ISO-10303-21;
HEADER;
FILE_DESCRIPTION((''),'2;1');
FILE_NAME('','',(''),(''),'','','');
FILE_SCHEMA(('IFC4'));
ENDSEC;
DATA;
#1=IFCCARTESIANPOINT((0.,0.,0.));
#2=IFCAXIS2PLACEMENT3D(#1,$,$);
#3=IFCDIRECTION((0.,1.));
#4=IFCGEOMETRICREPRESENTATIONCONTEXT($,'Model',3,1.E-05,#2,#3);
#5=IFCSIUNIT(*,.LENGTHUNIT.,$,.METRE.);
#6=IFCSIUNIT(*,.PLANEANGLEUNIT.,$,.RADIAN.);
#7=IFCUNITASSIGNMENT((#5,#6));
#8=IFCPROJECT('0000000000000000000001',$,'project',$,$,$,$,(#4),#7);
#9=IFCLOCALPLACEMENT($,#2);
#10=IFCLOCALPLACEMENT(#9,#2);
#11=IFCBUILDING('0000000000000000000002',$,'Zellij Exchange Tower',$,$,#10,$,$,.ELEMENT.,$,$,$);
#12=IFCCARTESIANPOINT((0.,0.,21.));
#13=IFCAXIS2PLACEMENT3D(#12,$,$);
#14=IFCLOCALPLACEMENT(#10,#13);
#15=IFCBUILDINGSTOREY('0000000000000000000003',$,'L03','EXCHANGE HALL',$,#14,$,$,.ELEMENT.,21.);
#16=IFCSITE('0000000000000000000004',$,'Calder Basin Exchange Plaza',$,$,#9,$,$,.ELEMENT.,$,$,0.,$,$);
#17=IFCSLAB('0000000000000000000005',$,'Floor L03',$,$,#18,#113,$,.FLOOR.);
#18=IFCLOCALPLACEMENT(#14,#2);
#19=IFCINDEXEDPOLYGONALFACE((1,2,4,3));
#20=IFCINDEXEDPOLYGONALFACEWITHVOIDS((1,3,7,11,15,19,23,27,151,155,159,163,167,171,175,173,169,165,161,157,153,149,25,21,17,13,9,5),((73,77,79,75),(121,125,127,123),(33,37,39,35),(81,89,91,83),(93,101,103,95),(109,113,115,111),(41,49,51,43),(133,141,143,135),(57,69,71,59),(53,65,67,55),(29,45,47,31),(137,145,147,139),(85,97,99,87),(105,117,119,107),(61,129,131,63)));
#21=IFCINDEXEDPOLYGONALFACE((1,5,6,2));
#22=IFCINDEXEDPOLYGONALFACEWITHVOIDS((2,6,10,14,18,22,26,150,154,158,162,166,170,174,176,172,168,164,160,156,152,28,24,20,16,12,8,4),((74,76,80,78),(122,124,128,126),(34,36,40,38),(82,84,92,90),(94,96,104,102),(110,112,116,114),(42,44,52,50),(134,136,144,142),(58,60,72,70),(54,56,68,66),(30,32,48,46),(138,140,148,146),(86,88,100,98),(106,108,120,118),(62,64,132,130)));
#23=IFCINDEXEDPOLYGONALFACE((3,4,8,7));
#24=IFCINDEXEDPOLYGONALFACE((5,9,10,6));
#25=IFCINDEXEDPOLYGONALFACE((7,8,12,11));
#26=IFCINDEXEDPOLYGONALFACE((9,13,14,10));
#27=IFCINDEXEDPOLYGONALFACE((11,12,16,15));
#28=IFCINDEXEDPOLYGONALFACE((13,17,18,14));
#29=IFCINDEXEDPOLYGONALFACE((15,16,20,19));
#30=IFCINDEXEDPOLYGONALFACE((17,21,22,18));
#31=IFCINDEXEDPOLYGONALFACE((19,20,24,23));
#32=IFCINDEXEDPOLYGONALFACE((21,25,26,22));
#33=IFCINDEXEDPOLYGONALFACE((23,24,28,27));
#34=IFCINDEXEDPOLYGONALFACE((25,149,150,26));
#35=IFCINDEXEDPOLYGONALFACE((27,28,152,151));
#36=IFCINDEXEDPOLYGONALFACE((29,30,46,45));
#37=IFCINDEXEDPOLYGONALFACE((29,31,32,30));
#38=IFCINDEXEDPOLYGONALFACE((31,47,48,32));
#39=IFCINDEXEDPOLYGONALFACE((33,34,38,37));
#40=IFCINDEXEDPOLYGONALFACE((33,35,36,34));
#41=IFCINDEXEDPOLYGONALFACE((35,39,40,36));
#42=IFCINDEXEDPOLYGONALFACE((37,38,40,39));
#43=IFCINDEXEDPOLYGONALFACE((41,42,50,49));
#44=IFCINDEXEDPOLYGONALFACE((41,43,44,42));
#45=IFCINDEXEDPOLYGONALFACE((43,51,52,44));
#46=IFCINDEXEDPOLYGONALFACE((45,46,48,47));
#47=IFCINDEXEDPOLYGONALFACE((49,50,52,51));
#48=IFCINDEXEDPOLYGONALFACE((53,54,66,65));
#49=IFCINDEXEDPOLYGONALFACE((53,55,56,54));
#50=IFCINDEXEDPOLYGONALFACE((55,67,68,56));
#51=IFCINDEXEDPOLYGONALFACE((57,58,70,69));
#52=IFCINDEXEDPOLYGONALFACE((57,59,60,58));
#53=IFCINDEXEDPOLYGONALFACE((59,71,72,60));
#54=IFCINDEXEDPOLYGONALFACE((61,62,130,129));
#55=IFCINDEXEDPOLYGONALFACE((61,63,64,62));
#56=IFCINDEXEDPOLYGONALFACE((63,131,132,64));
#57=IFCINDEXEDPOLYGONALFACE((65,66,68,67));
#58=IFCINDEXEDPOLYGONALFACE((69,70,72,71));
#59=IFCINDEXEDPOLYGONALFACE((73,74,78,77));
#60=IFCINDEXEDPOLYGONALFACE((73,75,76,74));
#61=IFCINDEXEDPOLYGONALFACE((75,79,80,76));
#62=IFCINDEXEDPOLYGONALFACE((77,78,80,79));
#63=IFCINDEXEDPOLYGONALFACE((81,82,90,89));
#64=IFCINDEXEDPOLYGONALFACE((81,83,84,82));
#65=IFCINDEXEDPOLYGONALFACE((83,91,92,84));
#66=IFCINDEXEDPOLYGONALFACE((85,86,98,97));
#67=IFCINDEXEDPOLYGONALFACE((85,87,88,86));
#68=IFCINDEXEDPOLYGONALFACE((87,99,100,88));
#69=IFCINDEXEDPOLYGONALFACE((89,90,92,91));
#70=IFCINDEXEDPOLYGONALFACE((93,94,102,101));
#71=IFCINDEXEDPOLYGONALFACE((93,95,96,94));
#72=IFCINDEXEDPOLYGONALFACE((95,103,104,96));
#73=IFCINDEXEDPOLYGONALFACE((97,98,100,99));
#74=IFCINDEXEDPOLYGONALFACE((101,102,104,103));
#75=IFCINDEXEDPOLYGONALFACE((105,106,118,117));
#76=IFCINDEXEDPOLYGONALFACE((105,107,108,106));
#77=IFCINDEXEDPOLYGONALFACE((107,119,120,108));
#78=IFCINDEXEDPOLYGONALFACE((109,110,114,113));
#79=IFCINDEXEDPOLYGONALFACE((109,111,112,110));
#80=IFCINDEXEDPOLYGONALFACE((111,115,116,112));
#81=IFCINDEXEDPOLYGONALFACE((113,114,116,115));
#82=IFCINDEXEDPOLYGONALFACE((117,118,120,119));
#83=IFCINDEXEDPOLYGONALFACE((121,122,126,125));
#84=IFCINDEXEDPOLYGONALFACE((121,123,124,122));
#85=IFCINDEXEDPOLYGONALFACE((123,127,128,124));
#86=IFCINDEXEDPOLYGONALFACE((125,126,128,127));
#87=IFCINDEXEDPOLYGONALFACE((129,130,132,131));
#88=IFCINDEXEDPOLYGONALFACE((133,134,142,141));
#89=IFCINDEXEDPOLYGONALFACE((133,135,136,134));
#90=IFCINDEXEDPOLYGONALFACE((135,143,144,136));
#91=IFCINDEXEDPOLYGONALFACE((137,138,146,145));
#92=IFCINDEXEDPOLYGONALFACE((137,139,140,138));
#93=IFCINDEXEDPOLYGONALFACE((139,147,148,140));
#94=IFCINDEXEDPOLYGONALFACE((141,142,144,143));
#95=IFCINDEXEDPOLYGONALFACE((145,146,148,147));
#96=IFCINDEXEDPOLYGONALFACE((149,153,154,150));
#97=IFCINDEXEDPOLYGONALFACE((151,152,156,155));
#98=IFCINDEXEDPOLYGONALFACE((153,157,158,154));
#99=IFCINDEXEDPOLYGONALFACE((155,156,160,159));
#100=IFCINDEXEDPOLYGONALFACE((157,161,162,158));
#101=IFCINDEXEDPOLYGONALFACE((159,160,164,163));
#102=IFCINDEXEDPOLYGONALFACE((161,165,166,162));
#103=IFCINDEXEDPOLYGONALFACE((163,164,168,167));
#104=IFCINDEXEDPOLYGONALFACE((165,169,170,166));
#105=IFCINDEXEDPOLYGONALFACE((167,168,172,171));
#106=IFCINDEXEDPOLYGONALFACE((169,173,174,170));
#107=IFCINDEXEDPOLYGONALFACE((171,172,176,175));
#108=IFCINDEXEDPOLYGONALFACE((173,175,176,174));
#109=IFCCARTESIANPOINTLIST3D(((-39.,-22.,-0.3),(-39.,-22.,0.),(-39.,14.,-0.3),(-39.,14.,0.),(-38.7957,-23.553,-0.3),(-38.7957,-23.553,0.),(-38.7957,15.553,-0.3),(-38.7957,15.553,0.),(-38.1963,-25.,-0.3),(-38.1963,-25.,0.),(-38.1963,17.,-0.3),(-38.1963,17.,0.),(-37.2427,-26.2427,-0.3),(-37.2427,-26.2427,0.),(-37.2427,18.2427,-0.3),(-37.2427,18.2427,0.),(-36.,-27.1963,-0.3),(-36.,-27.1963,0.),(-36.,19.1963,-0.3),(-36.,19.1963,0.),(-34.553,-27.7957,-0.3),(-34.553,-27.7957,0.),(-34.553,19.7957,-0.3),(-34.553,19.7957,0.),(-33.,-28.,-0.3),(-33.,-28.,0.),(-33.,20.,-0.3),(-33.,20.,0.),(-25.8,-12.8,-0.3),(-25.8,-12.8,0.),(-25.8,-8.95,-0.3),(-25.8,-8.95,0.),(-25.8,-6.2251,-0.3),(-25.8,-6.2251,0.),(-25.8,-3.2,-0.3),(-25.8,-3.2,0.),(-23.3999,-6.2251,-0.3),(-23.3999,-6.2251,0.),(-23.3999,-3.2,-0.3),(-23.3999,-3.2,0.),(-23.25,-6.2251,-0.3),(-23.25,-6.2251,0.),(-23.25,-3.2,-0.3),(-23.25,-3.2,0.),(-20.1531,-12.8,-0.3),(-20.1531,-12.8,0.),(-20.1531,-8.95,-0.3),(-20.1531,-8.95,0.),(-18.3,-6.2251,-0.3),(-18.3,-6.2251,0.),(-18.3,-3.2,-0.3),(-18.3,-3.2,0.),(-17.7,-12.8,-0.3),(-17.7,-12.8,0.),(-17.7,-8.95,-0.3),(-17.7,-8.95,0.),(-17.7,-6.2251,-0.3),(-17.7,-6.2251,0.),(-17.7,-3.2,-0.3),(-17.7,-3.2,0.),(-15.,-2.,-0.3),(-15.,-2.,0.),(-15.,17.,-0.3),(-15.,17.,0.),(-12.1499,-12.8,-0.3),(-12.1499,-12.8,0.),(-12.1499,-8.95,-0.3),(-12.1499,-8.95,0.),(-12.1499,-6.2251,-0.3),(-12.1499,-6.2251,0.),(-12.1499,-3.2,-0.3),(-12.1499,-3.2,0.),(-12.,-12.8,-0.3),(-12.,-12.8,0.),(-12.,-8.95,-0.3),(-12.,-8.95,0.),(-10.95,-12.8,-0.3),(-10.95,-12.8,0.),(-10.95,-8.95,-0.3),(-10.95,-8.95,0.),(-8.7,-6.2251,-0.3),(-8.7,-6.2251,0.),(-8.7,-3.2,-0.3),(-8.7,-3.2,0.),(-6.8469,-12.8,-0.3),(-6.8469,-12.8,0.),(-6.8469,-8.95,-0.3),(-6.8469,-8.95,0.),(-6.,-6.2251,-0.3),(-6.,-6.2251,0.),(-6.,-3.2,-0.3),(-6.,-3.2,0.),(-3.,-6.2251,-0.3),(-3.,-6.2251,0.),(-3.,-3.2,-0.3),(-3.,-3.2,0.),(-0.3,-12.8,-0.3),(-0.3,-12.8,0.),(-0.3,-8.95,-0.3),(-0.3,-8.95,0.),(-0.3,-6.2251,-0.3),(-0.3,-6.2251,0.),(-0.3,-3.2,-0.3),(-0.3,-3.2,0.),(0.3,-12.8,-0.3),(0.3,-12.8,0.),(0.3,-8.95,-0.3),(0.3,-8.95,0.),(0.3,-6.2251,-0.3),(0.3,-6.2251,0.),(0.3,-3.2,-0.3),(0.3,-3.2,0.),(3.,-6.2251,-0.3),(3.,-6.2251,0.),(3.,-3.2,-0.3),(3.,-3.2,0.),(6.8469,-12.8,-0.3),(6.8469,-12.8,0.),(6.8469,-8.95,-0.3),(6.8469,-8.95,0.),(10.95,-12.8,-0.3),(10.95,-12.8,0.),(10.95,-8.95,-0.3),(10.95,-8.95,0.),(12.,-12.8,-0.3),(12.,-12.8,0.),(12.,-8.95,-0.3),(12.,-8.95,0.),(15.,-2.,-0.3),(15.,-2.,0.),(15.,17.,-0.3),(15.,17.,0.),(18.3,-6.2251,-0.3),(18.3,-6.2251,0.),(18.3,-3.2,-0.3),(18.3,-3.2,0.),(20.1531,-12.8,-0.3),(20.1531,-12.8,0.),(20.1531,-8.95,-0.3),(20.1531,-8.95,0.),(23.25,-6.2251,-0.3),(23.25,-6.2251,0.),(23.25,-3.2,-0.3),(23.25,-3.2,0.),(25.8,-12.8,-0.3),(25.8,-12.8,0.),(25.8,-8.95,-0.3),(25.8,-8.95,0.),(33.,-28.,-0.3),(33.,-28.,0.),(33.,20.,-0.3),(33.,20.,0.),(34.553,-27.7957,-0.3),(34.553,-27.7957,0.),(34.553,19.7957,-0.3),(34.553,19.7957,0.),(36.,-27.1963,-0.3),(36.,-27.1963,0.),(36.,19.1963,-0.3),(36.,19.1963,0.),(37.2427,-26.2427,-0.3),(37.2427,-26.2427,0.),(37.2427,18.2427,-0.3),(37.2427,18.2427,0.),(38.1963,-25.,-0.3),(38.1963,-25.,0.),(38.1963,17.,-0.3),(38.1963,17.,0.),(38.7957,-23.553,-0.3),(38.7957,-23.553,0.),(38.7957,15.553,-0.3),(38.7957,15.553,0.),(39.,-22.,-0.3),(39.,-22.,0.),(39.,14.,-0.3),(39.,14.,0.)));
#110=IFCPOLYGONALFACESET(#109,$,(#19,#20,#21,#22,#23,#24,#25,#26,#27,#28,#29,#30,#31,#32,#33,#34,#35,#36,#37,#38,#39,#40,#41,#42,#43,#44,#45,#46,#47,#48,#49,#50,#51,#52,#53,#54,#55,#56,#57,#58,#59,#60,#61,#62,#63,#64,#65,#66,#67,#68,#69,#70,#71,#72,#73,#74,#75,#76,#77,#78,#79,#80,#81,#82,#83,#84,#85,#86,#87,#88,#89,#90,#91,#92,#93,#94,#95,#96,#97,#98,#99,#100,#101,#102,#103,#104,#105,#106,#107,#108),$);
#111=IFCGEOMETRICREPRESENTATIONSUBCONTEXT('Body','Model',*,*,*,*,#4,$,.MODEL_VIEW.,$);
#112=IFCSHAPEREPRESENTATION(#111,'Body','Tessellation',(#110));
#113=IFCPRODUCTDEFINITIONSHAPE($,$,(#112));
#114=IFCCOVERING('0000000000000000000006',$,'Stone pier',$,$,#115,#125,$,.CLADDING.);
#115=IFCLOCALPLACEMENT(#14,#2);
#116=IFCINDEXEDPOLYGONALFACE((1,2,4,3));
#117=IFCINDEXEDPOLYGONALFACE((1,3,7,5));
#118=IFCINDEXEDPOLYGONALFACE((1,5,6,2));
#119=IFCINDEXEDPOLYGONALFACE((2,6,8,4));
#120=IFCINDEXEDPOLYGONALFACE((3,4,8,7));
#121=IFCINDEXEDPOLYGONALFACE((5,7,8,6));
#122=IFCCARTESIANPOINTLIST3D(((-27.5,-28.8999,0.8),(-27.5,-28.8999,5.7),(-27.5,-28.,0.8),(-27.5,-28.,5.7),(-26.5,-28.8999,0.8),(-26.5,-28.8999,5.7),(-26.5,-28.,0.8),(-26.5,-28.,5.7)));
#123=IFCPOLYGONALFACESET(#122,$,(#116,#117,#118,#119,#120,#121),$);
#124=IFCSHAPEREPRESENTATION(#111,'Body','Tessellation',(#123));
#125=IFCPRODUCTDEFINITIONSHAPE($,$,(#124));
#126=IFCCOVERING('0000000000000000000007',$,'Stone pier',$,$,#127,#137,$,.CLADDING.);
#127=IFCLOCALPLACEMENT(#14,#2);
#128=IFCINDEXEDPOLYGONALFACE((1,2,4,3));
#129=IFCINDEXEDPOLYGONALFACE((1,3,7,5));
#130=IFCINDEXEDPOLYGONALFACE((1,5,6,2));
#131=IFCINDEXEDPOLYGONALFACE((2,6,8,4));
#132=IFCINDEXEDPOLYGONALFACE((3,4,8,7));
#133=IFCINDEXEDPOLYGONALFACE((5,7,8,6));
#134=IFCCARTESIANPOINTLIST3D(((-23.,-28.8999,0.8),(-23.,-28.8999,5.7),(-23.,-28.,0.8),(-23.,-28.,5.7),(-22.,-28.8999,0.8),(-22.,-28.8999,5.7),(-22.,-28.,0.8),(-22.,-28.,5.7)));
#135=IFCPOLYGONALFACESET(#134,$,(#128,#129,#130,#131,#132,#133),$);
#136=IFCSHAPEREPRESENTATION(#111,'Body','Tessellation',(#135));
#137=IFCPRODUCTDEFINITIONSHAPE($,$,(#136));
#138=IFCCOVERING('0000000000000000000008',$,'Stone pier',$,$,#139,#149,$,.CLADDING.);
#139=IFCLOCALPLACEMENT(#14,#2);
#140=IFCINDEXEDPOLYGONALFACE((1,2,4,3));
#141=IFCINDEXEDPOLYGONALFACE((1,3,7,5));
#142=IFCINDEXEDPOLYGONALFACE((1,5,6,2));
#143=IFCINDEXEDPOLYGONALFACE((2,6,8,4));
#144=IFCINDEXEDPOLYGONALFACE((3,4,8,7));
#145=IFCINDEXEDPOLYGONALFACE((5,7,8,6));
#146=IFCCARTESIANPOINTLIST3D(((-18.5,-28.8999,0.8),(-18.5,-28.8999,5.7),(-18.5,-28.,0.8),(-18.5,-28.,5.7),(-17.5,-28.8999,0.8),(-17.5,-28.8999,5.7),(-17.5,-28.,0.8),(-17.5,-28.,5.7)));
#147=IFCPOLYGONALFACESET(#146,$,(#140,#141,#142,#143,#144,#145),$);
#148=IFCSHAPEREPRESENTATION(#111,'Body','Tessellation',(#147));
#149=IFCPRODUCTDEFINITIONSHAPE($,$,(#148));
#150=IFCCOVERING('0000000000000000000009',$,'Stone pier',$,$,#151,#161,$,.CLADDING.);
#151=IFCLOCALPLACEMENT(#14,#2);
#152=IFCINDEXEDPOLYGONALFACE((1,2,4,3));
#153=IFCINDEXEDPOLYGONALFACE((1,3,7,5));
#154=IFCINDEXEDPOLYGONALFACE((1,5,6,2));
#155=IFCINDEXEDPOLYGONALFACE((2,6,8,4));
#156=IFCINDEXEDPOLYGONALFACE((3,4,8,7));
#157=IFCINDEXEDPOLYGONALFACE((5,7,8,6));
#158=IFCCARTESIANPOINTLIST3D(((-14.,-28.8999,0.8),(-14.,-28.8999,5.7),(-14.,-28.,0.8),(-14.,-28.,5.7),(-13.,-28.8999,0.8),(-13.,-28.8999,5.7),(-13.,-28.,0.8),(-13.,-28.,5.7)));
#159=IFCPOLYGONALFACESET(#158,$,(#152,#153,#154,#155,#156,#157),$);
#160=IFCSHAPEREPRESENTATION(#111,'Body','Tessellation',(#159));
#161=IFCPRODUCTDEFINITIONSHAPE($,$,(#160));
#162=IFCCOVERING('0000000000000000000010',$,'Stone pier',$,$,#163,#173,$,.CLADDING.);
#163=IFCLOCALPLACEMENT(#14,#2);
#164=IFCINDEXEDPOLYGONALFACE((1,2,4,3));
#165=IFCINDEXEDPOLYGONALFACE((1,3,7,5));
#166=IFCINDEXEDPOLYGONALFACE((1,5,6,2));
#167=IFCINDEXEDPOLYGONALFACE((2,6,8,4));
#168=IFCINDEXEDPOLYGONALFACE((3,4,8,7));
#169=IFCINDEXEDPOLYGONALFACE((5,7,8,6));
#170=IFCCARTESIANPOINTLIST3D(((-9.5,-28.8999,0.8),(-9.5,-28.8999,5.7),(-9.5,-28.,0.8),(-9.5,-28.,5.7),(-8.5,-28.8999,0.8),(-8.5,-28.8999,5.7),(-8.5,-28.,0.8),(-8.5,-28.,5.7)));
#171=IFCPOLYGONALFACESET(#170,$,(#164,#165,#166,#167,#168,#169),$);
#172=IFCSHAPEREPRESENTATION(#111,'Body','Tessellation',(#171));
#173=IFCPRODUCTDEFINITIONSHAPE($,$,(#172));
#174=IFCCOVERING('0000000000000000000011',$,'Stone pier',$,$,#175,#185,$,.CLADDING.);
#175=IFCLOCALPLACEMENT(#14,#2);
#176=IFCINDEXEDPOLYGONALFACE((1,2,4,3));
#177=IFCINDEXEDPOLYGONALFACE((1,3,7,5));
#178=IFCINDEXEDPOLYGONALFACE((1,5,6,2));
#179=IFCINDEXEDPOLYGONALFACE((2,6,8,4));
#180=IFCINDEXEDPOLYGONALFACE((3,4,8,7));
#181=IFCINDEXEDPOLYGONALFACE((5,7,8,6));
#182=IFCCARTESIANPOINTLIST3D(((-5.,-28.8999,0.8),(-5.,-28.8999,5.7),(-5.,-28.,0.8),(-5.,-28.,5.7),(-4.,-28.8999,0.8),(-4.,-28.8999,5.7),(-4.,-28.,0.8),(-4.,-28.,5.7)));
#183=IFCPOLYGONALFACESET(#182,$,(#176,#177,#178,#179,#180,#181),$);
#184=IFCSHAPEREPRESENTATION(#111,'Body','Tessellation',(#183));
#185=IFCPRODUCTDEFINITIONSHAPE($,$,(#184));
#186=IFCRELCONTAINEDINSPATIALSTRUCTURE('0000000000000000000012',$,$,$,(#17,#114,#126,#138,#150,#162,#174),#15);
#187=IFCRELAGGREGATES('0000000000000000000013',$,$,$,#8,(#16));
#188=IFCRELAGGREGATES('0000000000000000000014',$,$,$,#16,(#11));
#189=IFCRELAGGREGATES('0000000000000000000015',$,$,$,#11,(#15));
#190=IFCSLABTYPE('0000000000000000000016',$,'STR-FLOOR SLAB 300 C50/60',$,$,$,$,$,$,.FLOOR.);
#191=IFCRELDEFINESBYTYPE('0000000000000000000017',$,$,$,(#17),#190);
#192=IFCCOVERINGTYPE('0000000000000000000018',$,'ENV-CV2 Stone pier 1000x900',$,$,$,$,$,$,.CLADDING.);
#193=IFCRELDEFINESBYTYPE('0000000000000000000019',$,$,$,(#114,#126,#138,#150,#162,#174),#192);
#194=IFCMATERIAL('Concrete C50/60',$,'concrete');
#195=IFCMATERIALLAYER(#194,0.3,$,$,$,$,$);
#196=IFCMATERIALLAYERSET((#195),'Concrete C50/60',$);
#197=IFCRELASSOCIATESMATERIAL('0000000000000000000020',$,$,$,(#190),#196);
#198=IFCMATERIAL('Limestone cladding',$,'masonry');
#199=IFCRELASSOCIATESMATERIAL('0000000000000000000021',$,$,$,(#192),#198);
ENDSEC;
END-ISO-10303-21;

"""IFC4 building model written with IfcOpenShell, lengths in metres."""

from ifc_helpers import new_model, si_unit, direction, frame, origin, place, context, subcontext, project, spatial, polyline, outline, extrude, material, layer, layer_set, type_object, element, save


model = new_model("IFC4")

# Units and contexts
model_context = context("Model", 3, precision=1e-05, world=origin(), true_north=direction((0.0, 1.0)))
body_context = subcontext(model_context, "Body", "Model", "MODEL_VIEW")
ifc_project = project(units=[si_unit("LENGTHUNIT", "METRE"), si_unit("PLANEANGLEUNIT", "RADIAN")], contexts=[model_context])

# Site, building, storey
site_placement = place(None, origin())
site = spatial("IfcSite", under=ifc_project, at=site_placement, Name="Calder Basin Exchange Plaza", CompositionType="ELEMENT", RefElevation=0.0)
building_placement = place(site_placement, origin())
building = spatial("IfcBuilding", under=site, at=building_placement, Name="Zellij Exchange Tower", CompositionType="ELEMENT")
storey_placement = place(building_placement, frame((0.0, 0.0, 21.0)))
storey = spatial("IfcBuildingStorey", under=building, at=storey_placement, Name="L03", Description="EXCHANGE HALL", CompositionType="ELEMENT", Elevation=21.0)

# Slab
ifc_material_1 = material(Name="Concrete C50/60", Category="concrete")
ifc_layer = layer(ifc_material_1, 0.3)
ifc_layer_set = layer_set([ifc_layer], Name="Concrete C50/60")
slab_type = type_object("IfcSlabType", Name="STR-FLOOR SLAB 300 C50/60", PredefinedType="FLOOR", material=ifc_layer_set)
slab_placement = place(storey_placement, frame((0.0, 0.0, -0.3)))
element("IfcSlab", 1, at=slab_placement, inside=storey, type_object=slab_type, Name="Floor L03", PredefinedType="FLOOR", context=body_context, shape_type="SweptSolid", body=[
    extrude(outline(polyline([(-33.0, -28.0), (-34.553, -27.7957), (-36.0, -27.1963), (-37.2427, -26.2427), (-38.1963, -25.0), (-38.7957, -23.553), (-39.0, -22.0), (-39.0, 14.0), (-38.7957, 15.553), (-38.1963, 17.0), (-37.2427, 18.2427), (-36.0, 19.1963), (-34.553, 19.7957), (-33.0, 20.0), (33.0, 20.0), (34.553, 19.7957), (36.0, 19.1963), (37.2427, 18.2427), (38.1963, 17.0), (38.7957, 15.553), (39.0, 14.0), (39.0, -22.0), (38.7957, -23.553), (38.1963, -25.0), (37.2427, -26.2427), (36.0, -27.1963), (34.553, -27.7957), (33.0, -28.0), (-33.0, -28.0)]), holes=[polyline([(-25.8, -8.95), (-25.8, -12.8), (-20.1531, -12.8), (-20.1531, -8.95), (-25.8, -8.95)]), polyline([(-12.1499, -8.95), (-17.7, -8.95), (-17.7, -12.8), (-12.1499, -12.8), (-12.1499, -8.95)]), polyline([(-10.95, -8.95), (-12.0, -8.95), (-12.0, -12.8), (-10.95, -12.8), (-10.95, -8.95)]), polyline([(-0.3, -8.95), (-6.8469, -8.95), (-6.8469, -12.8), (-0.3, -12.8), (-0.3, -8.95)]), polyline([(-23.3999, -3.2), (-25.8, -3.2), (-25.8, -6.2251), (-23.3999, -6.2251), (-23.3999, -3.2)]), polyline([(-18.3, -3.2), (-23.25, -3.2), (-23.25, -6.2251), (-18.3, -6.2251), (-18.3, -3.2)]), polyline([(-12.1499, -3.2), (-17.7, -3.2), (-17.7, -6.2251), (-12.1499, -6.2251), (-12.1499, -3.2)]), polyline([(-6.0, -3.2), (-8.7, -3.2), (-8.7, -6.2251), (-6.0, -6.2251), (-6.0, -3.2)]), polyline([(6.8469, -8.95), (0.3, -8.95), (0.3, -12.8), (6.8469, -12.8), (6.8469, -8.95)]), polyline([(12.0, -8.95), (10.95, -8.95), (10.95, -12.8), (12.0, -12.8), (12.0, -8.95)]), polyline([(25.8, -8.95), (20.1531, -8.95), (20.1531, -12.8), (25.8, -12.8), (25.8, -8.95)]), polyline([(-0.3, -3.2), (-3.0, -3.2), (-3.0, -6.2251), (-0.3, -6.2251), (-0.3, -3.2)]), polyline([(3.0, -3.2), (0.3, -3.2), (0.3, -6.2251), (3.0, -6.2251), (3.0, -3.2)]), polyline([(23.25, -3.2), (18.3, -3.2), (18.3, -6.2251), (23.25, -6.2251), (23.25, -3.2)]), polyline([(15.0, 17.0), (-15.0, 17.0), (-15.0, -2.0), (15.0, -2.0), (15.0, 17.0)])]), origin(), (0.0, 0.0, 1.0), 0.3),
])

# Coverings
ifc_material_2 = material(Name="Limestone cladding", Category="masonry")
covering_type = type_object("IfcCoveringType", Name="ENV-CV2 Stone pier 1000x900", PredefinedType="CLADDING", material=ifc_material_2)
covering_1_placement = place(storey_placement, frame((0.0, 0.0, 0.8)))
element("IfcCovering", 2, at=covering_1_placement, inside=storey, type_object=covering_type, Name="Stone pier", PredefinedType="CLADDING", context=body_context, shape_type="SweptSolid", body=[
    extrude(outline(polyline([(-27.5, -28.0), (-26.5, -28.0), (-26.5, -28.8999), (-27.5, -28.8999), (-27.5, -28.0)])), origin(), (0.0, 0.0, 1.0), 4.8999),
])
covering_2_placement = place(storey_placement, frame((0.0, 0.0, 0.8)))
element("IfcCovering", 3, at=covering_2_placement, inside=storey, type_object=covering_type, Name="Stone pier", PredefinedType="CLADDING", context=body_context, shape_type="SweptSolid", body=[
    extrude(outline(polyline([(-23.0, -28.0), (-22.0, -28.0), (-22.0, -28.8999), (-23.0, -28.8999), (-23.0, -28.0)])), origin(), (0.0, 0.0, 1.0), 4.8999),
])
covering_3_placement = place(storey_placement, frame((0.0, 0.0, 0.8)))
element("IfcCovering", 4, at=covering_3_placement, inside=storey, type_object=covering_type, Name="Stone pier", PredefinedType="CLADDING", context=body_context, shape_type="SweptSolid", body=[
    extrude(outline(polyline([(-18.5, -28.0), (-17.5, -28.0), (-17.5, -28.8999), (-18.5, -28.8999), (-18.5, -28.0)])), origin(), (0.0, 0.0, 1.0), 4.8999),
])
covering_4_placement = place(storey_placement, frame((0.0, 0.0, 0.8)))
element("IfcCovering", 5, at=covering_4_placement, inside=storey, type_object=covering_type, Name="Stone pier", PredefinedType="CLADDING", context=body_context, shape_type="SweptSolid", body=[
    extrude(outline(polyline([(-14.0, -28.0), (-13.0, -28.0), (-13.0, -28.8999), (-14.0, -28.8999), (-14.0, -28.0)])), origin(), (0.0, 0.0, 1.0), 4.8999),
])
covering_5_placement = place(storey_placement, frame((0.0, 0.0, 0.8)))
element("IfcCovering", 6, at=covering_5_placement, inside=storey, type_object=covering_type, Name="Stone pier", PredefinedType="CLADDING", context=body_context, shape_type="SweptSolid", body=[
    extrude(outline(polyline([(-9.5, -28.0), (-8.5, -28.0), (-8.5, -28.8999), (-9.5, -28.8999), (-9.5, -28.0)])), origin(), (0.0, 0.0, 1.0), 4.8999),
])
covering_6_placement = place(storey_placement, frame((0.0, 0.0, 0.8)))
element("IfcCovering", 7, at=covering_6_placement, inside=storey, type_object=covering_type, Name="Stone pier", PredefinedType="CLADDING", context=body_context, shape_type="SweptSolid", body=[
    extrude(outline(polyline([(-5.0, -28.0), (-4.0, -28.0), (-4.0, -28.8999), (-5.0, -28.8999), (-5.0, -28.0)])), origin(), (0.0, 0.0, 1.0), 4.8999),
])

save(model, "model.ifc")
